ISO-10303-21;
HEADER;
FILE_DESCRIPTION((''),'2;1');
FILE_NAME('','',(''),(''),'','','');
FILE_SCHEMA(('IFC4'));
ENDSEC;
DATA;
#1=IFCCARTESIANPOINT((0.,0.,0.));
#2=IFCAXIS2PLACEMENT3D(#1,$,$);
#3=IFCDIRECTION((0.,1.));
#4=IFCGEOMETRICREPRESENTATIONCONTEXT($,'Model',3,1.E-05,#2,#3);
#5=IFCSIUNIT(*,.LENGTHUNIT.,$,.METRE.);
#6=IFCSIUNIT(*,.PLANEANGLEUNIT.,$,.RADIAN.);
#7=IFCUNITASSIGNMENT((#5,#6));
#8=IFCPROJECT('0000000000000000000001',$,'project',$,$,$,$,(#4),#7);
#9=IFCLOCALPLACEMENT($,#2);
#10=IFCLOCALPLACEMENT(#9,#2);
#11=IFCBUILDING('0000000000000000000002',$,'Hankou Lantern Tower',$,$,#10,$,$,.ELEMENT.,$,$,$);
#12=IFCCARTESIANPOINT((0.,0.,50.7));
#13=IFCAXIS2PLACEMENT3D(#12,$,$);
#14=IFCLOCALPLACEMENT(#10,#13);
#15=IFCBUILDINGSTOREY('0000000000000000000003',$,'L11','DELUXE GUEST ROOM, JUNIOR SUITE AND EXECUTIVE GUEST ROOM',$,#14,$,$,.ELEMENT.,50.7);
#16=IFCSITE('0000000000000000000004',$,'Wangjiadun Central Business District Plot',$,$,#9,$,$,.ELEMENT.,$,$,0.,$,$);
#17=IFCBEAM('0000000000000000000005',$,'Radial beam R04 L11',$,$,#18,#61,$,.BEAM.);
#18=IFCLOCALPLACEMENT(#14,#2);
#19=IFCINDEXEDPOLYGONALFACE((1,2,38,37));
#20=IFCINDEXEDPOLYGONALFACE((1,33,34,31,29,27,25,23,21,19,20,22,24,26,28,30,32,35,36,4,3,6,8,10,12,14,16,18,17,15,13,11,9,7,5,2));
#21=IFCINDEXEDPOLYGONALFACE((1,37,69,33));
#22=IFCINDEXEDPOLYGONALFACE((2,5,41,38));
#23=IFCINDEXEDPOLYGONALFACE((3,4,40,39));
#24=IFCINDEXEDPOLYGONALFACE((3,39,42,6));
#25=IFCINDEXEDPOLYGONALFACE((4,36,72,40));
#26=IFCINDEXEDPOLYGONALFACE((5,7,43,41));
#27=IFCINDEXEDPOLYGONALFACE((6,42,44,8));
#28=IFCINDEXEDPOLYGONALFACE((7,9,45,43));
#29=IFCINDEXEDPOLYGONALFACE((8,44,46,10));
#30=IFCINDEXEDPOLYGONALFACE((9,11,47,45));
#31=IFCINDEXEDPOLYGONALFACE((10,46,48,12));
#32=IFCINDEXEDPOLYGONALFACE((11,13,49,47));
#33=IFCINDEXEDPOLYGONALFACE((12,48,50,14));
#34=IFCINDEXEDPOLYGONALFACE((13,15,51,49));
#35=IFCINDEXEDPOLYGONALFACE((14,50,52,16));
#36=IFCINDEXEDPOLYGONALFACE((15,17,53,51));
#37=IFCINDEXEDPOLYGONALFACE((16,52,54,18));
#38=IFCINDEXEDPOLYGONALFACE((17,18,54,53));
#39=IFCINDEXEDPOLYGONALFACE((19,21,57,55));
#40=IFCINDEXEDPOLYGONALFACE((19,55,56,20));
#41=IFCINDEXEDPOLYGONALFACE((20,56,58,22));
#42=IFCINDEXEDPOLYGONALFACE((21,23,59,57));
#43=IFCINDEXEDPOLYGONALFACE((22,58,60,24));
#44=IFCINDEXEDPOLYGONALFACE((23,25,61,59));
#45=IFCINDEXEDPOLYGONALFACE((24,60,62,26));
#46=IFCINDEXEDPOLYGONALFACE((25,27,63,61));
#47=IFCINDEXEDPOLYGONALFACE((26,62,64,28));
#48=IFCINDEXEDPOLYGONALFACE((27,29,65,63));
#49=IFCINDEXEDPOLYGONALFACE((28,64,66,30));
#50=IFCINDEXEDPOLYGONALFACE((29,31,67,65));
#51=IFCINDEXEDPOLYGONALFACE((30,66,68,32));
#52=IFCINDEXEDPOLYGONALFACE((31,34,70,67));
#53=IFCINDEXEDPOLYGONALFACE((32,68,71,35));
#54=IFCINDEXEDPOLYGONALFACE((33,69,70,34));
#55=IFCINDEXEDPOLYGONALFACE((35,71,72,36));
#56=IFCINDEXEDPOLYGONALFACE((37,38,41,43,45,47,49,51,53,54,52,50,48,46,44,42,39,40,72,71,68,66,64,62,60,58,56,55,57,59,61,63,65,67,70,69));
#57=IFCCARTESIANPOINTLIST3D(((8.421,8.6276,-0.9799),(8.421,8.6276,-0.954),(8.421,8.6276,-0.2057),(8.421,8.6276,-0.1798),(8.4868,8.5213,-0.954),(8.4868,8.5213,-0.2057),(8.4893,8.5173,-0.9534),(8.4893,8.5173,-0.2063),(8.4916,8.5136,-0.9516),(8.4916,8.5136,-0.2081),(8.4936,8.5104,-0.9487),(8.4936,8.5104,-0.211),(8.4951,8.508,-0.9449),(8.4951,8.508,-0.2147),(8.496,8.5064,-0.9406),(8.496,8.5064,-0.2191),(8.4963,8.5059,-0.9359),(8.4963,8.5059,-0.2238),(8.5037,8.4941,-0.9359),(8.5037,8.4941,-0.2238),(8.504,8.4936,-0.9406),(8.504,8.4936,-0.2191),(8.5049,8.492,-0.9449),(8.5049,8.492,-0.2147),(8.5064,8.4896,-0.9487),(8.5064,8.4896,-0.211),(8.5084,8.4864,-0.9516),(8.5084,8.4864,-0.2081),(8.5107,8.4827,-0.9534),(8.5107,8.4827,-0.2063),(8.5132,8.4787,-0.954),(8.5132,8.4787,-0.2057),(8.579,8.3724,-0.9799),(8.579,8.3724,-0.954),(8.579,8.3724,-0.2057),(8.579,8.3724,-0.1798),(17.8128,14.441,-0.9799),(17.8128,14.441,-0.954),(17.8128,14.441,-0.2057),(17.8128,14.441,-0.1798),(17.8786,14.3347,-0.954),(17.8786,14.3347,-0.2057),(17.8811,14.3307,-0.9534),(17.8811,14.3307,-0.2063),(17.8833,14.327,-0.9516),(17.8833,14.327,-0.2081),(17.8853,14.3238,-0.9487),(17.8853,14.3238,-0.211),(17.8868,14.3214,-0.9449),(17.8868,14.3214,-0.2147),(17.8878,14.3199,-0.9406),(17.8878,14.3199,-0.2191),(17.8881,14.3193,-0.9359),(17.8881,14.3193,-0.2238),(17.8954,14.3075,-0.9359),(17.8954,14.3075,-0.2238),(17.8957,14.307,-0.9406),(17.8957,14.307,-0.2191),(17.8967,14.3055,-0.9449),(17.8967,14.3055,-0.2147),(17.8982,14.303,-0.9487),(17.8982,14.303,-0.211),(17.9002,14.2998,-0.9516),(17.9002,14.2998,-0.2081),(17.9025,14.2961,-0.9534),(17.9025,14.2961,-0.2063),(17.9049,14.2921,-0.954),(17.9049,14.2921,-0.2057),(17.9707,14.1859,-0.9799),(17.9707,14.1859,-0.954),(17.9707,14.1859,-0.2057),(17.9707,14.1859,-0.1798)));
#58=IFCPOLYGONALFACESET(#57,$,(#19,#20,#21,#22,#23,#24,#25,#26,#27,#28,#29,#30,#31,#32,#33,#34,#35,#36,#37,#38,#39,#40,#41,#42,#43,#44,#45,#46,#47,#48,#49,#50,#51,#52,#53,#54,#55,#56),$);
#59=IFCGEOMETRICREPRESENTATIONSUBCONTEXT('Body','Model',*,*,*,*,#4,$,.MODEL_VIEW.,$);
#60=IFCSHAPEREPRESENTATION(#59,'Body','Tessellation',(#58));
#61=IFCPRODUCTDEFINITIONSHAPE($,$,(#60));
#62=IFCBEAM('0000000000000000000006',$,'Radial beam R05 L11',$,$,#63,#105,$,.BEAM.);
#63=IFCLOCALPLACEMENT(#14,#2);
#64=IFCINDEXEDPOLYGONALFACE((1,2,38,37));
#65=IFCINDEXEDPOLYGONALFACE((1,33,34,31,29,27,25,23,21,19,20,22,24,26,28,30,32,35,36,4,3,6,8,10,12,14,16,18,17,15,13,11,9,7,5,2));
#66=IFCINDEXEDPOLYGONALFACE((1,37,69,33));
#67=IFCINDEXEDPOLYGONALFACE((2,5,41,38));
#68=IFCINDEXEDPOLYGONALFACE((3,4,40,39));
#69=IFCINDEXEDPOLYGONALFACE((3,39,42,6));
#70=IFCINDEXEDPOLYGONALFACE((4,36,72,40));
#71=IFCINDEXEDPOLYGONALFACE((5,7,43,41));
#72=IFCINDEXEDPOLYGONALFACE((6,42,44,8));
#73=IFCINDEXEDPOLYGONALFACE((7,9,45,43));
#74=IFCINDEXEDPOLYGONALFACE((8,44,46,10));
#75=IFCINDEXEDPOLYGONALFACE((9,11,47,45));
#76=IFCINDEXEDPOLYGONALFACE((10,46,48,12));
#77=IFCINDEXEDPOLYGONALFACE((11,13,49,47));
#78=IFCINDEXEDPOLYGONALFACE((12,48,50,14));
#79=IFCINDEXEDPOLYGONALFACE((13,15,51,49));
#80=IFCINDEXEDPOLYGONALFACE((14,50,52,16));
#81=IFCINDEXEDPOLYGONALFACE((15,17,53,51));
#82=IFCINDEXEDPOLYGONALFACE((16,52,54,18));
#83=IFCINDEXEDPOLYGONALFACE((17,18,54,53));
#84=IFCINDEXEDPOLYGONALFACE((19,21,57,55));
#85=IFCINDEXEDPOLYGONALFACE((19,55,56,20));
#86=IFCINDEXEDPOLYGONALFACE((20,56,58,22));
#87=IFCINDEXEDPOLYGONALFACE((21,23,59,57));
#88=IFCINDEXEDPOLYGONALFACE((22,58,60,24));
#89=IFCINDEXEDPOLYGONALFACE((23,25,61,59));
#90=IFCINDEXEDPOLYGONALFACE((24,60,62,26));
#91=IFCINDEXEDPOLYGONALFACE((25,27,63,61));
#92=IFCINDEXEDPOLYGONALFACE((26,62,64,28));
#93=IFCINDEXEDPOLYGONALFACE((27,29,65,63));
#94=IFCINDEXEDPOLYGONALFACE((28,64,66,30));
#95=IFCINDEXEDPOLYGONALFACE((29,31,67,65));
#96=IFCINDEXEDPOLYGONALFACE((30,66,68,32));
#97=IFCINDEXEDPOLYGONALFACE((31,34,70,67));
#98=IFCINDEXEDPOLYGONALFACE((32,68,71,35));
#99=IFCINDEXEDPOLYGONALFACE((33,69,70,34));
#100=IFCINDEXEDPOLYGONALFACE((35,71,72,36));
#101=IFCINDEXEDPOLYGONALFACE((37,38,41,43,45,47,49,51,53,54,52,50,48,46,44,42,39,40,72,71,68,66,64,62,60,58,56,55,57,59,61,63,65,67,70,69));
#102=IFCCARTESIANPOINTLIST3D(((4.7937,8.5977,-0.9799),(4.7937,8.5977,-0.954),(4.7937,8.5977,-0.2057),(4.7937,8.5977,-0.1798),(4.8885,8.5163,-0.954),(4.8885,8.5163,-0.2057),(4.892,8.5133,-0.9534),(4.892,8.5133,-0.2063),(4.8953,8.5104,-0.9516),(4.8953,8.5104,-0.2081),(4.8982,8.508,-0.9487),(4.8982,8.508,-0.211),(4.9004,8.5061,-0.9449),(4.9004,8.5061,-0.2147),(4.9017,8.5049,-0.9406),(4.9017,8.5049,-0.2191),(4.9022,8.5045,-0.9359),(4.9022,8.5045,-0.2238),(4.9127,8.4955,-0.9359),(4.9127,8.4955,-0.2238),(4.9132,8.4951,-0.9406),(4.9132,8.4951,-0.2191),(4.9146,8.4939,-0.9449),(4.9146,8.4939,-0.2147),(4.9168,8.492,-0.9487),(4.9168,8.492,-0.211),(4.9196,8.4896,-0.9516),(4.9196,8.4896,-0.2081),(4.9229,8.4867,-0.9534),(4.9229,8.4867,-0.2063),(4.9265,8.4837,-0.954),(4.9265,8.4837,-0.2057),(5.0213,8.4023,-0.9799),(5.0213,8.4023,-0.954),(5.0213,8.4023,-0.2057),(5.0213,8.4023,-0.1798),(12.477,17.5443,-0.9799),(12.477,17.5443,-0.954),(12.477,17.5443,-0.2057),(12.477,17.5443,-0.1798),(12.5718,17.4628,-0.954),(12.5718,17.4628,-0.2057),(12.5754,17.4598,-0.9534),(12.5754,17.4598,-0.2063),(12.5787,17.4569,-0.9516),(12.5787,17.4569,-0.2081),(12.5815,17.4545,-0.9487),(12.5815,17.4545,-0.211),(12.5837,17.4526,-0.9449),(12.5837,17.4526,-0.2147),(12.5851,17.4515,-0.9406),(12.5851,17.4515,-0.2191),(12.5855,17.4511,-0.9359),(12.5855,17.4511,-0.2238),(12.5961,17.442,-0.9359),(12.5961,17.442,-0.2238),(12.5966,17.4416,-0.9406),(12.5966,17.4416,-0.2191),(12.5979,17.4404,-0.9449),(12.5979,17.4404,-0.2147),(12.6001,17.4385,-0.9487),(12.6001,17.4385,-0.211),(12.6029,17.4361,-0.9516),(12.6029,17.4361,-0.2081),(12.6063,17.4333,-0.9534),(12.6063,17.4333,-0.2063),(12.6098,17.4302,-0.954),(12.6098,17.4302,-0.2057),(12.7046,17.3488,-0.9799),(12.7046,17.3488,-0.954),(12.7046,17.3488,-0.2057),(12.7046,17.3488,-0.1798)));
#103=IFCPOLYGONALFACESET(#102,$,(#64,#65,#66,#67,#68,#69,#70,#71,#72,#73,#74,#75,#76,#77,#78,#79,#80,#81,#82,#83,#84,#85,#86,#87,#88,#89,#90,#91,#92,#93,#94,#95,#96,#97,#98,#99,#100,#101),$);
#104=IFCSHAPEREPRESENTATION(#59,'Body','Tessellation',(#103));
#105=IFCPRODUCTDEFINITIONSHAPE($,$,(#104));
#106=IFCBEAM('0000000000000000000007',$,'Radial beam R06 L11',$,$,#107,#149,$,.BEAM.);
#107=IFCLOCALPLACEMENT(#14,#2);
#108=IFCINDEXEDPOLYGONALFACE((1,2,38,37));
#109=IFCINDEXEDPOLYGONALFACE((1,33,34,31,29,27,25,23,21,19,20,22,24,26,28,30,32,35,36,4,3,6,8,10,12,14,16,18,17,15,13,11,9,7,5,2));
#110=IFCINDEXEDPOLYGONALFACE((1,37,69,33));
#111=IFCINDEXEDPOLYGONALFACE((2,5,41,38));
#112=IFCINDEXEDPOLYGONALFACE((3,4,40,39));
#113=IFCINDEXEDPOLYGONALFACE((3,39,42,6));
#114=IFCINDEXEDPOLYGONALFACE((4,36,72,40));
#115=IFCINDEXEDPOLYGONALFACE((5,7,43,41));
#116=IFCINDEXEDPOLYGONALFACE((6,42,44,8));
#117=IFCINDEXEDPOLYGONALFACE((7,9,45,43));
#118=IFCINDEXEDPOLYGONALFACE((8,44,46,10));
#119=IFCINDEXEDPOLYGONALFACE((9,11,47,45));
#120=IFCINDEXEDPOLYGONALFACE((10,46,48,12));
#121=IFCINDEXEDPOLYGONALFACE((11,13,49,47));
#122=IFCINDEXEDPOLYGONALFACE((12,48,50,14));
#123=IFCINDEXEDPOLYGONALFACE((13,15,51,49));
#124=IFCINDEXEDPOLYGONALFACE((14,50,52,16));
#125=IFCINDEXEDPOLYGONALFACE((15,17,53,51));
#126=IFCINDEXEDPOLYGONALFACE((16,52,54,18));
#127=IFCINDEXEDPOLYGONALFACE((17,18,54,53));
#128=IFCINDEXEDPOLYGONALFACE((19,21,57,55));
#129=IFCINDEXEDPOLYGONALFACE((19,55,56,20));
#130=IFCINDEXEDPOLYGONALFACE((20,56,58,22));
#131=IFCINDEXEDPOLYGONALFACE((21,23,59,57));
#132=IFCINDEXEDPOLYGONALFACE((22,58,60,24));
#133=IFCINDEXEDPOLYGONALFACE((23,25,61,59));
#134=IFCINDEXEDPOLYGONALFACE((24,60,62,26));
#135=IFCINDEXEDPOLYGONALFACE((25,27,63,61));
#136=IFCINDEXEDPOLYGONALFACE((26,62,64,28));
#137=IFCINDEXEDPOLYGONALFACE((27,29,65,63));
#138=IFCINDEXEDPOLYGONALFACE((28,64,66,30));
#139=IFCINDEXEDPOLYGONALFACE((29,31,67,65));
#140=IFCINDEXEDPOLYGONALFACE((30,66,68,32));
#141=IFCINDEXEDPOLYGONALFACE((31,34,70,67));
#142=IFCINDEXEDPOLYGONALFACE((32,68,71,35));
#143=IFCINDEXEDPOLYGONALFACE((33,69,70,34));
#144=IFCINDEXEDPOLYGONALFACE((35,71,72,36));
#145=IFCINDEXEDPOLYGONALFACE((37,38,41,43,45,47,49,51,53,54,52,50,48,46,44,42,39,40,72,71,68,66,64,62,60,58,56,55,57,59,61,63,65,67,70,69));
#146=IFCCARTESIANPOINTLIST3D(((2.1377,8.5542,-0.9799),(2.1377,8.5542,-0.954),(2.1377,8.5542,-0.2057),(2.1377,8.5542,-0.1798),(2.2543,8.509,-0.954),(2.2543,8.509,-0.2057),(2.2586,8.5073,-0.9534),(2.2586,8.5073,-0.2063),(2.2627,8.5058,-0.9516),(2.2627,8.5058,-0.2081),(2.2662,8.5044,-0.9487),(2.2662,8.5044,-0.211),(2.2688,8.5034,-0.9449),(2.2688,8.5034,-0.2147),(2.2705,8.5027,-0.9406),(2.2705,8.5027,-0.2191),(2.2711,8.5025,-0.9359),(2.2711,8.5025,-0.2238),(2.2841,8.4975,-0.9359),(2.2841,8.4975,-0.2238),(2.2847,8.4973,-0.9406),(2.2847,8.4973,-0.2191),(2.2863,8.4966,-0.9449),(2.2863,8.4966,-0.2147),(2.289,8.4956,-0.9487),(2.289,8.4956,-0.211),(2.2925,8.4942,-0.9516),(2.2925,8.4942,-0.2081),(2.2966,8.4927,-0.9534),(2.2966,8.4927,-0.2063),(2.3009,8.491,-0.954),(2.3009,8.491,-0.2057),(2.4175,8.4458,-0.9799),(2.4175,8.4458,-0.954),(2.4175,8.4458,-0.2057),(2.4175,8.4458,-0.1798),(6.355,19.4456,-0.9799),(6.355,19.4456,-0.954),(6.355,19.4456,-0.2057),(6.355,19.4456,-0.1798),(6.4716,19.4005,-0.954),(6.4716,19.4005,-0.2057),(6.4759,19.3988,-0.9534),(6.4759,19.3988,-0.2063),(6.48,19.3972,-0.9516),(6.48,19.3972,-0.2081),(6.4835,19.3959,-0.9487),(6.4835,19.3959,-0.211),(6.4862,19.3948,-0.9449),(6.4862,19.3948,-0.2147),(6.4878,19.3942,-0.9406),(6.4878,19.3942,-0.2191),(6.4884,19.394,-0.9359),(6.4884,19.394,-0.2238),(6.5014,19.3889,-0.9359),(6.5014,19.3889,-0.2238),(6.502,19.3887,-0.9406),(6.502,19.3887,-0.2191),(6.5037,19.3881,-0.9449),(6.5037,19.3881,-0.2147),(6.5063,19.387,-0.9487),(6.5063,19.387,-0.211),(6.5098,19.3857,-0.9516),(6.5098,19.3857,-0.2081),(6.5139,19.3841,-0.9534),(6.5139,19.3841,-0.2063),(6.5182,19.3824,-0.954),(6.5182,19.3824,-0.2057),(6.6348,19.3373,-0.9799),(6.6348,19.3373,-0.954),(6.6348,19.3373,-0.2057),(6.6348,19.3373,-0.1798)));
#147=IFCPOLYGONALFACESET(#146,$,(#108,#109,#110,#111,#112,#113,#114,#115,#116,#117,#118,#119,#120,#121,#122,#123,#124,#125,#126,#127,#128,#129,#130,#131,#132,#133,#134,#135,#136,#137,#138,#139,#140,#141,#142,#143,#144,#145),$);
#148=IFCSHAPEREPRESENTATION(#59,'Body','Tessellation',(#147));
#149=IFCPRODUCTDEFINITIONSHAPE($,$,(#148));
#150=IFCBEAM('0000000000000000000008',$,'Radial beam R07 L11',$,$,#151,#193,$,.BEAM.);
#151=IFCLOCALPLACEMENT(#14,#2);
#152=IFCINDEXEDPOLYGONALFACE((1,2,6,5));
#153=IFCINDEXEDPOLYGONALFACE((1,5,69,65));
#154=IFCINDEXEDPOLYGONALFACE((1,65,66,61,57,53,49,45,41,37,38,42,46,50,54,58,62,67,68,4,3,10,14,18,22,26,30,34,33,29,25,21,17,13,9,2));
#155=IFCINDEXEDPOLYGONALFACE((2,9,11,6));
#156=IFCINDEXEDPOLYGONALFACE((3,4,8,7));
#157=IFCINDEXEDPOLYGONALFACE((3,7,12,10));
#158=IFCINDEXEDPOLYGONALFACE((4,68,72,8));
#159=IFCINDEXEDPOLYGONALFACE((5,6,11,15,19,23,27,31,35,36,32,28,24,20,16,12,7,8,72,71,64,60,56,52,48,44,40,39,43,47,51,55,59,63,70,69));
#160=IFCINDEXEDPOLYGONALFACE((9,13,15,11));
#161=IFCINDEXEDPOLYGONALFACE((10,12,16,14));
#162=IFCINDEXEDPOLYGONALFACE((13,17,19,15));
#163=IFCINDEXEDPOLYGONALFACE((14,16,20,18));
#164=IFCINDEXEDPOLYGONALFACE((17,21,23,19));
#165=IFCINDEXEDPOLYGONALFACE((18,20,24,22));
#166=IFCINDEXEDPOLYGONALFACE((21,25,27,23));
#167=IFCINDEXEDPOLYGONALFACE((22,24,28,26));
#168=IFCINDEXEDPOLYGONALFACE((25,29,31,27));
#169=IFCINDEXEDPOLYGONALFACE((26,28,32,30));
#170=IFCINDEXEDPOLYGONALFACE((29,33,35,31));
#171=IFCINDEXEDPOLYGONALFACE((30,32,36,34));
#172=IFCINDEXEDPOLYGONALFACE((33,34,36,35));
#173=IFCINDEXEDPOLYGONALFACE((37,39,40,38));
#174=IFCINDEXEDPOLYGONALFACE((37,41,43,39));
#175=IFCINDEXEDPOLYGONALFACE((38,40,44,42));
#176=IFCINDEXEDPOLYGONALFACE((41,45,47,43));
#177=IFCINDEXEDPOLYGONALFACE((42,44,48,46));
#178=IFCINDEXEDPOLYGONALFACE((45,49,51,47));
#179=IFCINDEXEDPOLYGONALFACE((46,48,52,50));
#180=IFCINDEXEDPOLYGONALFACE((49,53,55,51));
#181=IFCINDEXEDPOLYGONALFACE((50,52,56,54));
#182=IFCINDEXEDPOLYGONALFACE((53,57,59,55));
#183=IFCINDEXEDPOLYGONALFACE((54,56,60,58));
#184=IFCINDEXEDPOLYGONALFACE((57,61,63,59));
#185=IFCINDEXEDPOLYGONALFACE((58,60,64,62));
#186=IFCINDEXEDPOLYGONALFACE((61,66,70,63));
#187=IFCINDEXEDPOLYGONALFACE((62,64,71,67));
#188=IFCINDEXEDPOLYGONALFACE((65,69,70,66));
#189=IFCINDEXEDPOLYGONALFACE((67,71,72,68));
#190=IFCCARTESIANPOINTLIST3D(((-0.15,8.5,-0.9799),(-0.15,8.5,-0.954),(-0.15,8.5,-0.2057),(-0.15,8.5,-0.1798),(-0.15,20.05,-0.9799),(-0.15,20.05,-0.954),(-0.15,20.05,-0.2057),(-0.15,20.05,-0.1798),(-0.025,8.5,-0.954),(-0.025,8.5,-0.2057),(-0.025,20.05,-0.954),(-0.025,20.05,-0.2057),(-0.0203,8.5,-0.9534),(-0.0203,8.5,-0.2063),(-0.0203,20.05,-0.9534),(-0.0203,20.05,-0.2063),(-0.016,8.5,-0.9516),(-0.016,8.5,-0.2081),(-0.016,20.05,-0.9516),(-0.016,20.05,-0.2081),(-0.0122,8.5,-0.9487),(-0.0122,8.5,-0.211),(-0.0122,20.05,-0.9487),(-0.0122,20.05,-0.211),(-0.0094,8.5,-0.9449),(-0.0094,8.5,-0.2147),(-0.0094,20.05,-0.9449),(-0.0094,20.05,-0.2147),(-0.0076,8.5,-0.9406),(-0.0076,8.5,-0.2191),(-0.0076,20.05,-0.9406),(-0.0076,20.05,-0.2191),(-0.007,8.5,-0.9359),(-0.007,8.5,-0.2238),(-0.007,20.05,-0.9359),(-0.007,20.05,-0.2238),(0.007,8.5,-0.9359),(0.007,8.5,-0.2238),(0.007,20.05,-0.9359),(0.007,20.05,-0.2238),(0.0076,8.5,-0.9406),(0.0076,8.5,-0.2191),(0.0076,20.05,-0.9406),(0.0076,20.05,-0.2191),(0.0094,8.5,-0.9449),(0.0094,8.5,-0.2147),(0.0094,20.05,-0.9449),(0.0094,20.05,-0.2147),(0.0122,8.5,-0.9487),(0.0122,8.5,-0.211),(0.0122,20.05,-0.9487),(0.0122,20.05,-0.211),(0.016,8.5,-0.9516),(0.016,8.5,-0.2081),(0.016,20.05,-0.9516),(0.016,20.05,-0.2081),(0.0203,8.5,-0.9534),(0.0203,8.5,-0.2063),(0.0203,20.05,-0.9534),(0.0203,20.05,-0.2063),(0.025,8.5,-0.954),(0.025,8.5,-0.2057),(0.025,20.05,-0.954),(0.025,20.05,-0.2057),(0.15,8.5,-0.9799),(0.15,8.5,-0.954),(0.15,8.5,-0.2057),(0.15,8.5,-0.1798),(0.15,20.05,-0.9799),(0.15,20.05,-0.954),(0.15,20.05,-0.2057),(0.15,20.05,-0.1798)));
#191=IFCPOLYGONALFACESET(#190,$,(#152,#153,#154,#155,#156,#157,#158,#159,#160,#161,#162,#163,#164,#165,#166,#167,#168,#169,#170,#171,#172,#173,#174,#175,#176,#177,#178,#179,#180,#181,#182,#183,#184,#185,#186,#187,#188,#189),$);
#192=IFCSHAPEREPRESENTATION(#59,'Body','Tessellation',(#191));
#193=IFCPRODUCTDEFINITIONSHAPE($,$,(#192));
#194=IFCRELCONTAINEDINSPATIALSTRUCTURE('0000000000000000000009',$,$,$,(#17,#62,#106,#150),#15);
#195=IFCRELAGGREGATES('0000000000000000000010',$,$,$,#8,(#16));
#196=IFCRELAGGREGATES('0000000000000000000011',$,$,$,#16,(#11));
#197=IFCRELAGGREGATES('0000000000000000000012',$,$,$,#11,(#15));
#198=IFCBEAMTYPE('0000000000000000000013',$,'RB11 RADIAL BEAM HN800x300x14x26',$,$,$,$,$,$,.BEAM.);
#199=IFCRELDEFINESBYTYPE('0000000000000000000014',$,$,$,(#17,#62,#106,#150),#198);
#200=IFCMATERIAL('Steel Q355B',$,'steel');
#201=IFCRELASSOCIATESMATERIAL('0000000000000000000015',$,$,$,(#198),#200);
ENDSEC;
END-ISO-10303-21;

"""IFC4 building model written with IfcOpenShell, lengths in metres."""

from ifc_helpers import new_model, si_unit, direction, frame, origin, origin_2d, place, context, subcontext, project, spatial, i_section, extrude, material, material_profile, profile_set, type_object, element, save


model = new_model("IFC4")

# Units and contexts
model_context = context("Model", 3, precision=1e-05, world=origin(), true_north=direction((0.0, 1.0)))
body_context = subcontext(model_context, "Body", "Model", "MODEL_VIEW")
ifc_project = project(units=[si_unit("LENGTHUNIT", "METRE"), si_unit("PLANEANGLEUNIT", "RADIAN")], contexts=[model_context])

# Site, building, storey
site_placement = place(None, origin())
site = spatial("IfcSite", under=ifc_project, at=site_placement, Name="Wangjiadun Central Business District Plot", CompositionType="ELEMENT", RefElevation=0.0)
building_placement = place(site_placement, origin())
building = spatial("IfcBuilding", under=site, at=building_placement, Name="Hankou Lantern Tower", CompositionType="ELEMENT")
storey_placement = place(building_placement, frame((0.0, 0.0, 50.7)))
storey = spatial("IfcBuildingStorey", under=building, at=storey_placement, Name="L11", Description="DELUXE GUEST ROOM, JUNIOR SUITE AND EXECUTIVE GUEST ROOM", CompositionType="ELEMENT", Elevation=50.7)

# Beams
ifc_material_1 = material(Name="Steel Q355B", Category="steel")
ifc_material_profile = material_profile(ifc_material_1, i_section(OverallWidth=0.3, OverallDepth=0.8, WebThickness=0.0139, FlangeThickness=0.0259, FilletRadius=0.0181, at=origin_2d()), Name="HN800x300x14x26")
ifc_profile_set = profile_set([ifc_material_profile], Name="Steel Q355B")
beam_type = type_object("IfcBeamType", Name="RB11 RADIAL BEAM HN800x300x14x26", PredefinedType="BEAM", material=ifc_profile_set)
beam_1_placement = place(storey_placement, frame((8.5, 8.5, -0.5798), z_axis=(0.850286, 0.52632, 0.0), x_axis=(-0.52632, 0.850286, 0.0)))
element("IfcBeam", 1, at=beam_1_placement, inside=storey, type_object=beam_type, Name="Radial beam R04 L11", PredefinedType="BEAM", context=body_context, shape_type="SweptSolid", body=[
    extrude(i_section(OverallWidth=0.3, OverallDepth=0.8, WebThickness=0.0139, FlangeThickness=0.0259, FilletRadius=0.0181, at=origin_2d()), origin(), (0.0, 0.0, 1.0), 11.0454),
])
beam_2_placement = place(storey_placement, frame((4.9075, 8.5, -0.5798), z_axis=(0.651519, 0.758632, 0.0), x_axis=(-0.758632, 0.651519, 0.0)))
element("IfcBeam", 2, at=beam_2_placement, inside=storey, type_object=beam_type, Name="Radial beam R05 L11", PredefinedType="BEAM", context=body_context, shape_type="SweptSolid", body=[
    extrude(i_section(OverallWidth=0.3, OverallDepth=0.8, WebThickness=0.0139, FlangeThickness=0.0259, FilletRadius=0.0181, at=origin_2d()), origin(), (0.0, 0.0, 1.0), 11.793),
])
beam_3_placement = place(storey_placement, frame((2.2776, 8.5, -0.5798), z_axis=(0.361089, 0.932531, 0.0), x_axis=(-0.932531, 0.361089, 0.0)))
element("IfcBeam", 3, at=beam_3_placement, inside=storey, type_object=beam_type, Name="Radial beam R06 L11", PredefinedType="BEAM", context=body_context, shape_type="SweptSolid", body=[
    extrude(i_section(OverallWidth=0.3, OverallDepth=0.8, WebThickness=0.0139, FlangeThickness=0.0259, FilletRadius=0.0181, at=origin_2d()), origin(), (0.0, 0.0, 1.0), 11.6794),
])
beam_4_placement = place(storey_placement, frame((0.0, 8.5, -0.5798), z_axis=(0.0, 1.0, 0.0), x_axis=(-1.0, 0.0, 0.0)))
element("IfcBeam", 4, at=beam_4_placement, inside=storey, type_object=beam_type, Name="Radial beam R07 L11", PredefinedType="BEAM", context=body_context, shape_type="SweptSolid", body=[
    extrude(i_section(OverallWidth=0.3, OverallDepth=0.8, WebThickness=0.0139, FlangeThickness=0.0259, FilletRadius=0.0181, at=origin_2d()), origin(), (0.0, 0.0, 1.0), 11.55),
])

save(model, "model.ifc")
